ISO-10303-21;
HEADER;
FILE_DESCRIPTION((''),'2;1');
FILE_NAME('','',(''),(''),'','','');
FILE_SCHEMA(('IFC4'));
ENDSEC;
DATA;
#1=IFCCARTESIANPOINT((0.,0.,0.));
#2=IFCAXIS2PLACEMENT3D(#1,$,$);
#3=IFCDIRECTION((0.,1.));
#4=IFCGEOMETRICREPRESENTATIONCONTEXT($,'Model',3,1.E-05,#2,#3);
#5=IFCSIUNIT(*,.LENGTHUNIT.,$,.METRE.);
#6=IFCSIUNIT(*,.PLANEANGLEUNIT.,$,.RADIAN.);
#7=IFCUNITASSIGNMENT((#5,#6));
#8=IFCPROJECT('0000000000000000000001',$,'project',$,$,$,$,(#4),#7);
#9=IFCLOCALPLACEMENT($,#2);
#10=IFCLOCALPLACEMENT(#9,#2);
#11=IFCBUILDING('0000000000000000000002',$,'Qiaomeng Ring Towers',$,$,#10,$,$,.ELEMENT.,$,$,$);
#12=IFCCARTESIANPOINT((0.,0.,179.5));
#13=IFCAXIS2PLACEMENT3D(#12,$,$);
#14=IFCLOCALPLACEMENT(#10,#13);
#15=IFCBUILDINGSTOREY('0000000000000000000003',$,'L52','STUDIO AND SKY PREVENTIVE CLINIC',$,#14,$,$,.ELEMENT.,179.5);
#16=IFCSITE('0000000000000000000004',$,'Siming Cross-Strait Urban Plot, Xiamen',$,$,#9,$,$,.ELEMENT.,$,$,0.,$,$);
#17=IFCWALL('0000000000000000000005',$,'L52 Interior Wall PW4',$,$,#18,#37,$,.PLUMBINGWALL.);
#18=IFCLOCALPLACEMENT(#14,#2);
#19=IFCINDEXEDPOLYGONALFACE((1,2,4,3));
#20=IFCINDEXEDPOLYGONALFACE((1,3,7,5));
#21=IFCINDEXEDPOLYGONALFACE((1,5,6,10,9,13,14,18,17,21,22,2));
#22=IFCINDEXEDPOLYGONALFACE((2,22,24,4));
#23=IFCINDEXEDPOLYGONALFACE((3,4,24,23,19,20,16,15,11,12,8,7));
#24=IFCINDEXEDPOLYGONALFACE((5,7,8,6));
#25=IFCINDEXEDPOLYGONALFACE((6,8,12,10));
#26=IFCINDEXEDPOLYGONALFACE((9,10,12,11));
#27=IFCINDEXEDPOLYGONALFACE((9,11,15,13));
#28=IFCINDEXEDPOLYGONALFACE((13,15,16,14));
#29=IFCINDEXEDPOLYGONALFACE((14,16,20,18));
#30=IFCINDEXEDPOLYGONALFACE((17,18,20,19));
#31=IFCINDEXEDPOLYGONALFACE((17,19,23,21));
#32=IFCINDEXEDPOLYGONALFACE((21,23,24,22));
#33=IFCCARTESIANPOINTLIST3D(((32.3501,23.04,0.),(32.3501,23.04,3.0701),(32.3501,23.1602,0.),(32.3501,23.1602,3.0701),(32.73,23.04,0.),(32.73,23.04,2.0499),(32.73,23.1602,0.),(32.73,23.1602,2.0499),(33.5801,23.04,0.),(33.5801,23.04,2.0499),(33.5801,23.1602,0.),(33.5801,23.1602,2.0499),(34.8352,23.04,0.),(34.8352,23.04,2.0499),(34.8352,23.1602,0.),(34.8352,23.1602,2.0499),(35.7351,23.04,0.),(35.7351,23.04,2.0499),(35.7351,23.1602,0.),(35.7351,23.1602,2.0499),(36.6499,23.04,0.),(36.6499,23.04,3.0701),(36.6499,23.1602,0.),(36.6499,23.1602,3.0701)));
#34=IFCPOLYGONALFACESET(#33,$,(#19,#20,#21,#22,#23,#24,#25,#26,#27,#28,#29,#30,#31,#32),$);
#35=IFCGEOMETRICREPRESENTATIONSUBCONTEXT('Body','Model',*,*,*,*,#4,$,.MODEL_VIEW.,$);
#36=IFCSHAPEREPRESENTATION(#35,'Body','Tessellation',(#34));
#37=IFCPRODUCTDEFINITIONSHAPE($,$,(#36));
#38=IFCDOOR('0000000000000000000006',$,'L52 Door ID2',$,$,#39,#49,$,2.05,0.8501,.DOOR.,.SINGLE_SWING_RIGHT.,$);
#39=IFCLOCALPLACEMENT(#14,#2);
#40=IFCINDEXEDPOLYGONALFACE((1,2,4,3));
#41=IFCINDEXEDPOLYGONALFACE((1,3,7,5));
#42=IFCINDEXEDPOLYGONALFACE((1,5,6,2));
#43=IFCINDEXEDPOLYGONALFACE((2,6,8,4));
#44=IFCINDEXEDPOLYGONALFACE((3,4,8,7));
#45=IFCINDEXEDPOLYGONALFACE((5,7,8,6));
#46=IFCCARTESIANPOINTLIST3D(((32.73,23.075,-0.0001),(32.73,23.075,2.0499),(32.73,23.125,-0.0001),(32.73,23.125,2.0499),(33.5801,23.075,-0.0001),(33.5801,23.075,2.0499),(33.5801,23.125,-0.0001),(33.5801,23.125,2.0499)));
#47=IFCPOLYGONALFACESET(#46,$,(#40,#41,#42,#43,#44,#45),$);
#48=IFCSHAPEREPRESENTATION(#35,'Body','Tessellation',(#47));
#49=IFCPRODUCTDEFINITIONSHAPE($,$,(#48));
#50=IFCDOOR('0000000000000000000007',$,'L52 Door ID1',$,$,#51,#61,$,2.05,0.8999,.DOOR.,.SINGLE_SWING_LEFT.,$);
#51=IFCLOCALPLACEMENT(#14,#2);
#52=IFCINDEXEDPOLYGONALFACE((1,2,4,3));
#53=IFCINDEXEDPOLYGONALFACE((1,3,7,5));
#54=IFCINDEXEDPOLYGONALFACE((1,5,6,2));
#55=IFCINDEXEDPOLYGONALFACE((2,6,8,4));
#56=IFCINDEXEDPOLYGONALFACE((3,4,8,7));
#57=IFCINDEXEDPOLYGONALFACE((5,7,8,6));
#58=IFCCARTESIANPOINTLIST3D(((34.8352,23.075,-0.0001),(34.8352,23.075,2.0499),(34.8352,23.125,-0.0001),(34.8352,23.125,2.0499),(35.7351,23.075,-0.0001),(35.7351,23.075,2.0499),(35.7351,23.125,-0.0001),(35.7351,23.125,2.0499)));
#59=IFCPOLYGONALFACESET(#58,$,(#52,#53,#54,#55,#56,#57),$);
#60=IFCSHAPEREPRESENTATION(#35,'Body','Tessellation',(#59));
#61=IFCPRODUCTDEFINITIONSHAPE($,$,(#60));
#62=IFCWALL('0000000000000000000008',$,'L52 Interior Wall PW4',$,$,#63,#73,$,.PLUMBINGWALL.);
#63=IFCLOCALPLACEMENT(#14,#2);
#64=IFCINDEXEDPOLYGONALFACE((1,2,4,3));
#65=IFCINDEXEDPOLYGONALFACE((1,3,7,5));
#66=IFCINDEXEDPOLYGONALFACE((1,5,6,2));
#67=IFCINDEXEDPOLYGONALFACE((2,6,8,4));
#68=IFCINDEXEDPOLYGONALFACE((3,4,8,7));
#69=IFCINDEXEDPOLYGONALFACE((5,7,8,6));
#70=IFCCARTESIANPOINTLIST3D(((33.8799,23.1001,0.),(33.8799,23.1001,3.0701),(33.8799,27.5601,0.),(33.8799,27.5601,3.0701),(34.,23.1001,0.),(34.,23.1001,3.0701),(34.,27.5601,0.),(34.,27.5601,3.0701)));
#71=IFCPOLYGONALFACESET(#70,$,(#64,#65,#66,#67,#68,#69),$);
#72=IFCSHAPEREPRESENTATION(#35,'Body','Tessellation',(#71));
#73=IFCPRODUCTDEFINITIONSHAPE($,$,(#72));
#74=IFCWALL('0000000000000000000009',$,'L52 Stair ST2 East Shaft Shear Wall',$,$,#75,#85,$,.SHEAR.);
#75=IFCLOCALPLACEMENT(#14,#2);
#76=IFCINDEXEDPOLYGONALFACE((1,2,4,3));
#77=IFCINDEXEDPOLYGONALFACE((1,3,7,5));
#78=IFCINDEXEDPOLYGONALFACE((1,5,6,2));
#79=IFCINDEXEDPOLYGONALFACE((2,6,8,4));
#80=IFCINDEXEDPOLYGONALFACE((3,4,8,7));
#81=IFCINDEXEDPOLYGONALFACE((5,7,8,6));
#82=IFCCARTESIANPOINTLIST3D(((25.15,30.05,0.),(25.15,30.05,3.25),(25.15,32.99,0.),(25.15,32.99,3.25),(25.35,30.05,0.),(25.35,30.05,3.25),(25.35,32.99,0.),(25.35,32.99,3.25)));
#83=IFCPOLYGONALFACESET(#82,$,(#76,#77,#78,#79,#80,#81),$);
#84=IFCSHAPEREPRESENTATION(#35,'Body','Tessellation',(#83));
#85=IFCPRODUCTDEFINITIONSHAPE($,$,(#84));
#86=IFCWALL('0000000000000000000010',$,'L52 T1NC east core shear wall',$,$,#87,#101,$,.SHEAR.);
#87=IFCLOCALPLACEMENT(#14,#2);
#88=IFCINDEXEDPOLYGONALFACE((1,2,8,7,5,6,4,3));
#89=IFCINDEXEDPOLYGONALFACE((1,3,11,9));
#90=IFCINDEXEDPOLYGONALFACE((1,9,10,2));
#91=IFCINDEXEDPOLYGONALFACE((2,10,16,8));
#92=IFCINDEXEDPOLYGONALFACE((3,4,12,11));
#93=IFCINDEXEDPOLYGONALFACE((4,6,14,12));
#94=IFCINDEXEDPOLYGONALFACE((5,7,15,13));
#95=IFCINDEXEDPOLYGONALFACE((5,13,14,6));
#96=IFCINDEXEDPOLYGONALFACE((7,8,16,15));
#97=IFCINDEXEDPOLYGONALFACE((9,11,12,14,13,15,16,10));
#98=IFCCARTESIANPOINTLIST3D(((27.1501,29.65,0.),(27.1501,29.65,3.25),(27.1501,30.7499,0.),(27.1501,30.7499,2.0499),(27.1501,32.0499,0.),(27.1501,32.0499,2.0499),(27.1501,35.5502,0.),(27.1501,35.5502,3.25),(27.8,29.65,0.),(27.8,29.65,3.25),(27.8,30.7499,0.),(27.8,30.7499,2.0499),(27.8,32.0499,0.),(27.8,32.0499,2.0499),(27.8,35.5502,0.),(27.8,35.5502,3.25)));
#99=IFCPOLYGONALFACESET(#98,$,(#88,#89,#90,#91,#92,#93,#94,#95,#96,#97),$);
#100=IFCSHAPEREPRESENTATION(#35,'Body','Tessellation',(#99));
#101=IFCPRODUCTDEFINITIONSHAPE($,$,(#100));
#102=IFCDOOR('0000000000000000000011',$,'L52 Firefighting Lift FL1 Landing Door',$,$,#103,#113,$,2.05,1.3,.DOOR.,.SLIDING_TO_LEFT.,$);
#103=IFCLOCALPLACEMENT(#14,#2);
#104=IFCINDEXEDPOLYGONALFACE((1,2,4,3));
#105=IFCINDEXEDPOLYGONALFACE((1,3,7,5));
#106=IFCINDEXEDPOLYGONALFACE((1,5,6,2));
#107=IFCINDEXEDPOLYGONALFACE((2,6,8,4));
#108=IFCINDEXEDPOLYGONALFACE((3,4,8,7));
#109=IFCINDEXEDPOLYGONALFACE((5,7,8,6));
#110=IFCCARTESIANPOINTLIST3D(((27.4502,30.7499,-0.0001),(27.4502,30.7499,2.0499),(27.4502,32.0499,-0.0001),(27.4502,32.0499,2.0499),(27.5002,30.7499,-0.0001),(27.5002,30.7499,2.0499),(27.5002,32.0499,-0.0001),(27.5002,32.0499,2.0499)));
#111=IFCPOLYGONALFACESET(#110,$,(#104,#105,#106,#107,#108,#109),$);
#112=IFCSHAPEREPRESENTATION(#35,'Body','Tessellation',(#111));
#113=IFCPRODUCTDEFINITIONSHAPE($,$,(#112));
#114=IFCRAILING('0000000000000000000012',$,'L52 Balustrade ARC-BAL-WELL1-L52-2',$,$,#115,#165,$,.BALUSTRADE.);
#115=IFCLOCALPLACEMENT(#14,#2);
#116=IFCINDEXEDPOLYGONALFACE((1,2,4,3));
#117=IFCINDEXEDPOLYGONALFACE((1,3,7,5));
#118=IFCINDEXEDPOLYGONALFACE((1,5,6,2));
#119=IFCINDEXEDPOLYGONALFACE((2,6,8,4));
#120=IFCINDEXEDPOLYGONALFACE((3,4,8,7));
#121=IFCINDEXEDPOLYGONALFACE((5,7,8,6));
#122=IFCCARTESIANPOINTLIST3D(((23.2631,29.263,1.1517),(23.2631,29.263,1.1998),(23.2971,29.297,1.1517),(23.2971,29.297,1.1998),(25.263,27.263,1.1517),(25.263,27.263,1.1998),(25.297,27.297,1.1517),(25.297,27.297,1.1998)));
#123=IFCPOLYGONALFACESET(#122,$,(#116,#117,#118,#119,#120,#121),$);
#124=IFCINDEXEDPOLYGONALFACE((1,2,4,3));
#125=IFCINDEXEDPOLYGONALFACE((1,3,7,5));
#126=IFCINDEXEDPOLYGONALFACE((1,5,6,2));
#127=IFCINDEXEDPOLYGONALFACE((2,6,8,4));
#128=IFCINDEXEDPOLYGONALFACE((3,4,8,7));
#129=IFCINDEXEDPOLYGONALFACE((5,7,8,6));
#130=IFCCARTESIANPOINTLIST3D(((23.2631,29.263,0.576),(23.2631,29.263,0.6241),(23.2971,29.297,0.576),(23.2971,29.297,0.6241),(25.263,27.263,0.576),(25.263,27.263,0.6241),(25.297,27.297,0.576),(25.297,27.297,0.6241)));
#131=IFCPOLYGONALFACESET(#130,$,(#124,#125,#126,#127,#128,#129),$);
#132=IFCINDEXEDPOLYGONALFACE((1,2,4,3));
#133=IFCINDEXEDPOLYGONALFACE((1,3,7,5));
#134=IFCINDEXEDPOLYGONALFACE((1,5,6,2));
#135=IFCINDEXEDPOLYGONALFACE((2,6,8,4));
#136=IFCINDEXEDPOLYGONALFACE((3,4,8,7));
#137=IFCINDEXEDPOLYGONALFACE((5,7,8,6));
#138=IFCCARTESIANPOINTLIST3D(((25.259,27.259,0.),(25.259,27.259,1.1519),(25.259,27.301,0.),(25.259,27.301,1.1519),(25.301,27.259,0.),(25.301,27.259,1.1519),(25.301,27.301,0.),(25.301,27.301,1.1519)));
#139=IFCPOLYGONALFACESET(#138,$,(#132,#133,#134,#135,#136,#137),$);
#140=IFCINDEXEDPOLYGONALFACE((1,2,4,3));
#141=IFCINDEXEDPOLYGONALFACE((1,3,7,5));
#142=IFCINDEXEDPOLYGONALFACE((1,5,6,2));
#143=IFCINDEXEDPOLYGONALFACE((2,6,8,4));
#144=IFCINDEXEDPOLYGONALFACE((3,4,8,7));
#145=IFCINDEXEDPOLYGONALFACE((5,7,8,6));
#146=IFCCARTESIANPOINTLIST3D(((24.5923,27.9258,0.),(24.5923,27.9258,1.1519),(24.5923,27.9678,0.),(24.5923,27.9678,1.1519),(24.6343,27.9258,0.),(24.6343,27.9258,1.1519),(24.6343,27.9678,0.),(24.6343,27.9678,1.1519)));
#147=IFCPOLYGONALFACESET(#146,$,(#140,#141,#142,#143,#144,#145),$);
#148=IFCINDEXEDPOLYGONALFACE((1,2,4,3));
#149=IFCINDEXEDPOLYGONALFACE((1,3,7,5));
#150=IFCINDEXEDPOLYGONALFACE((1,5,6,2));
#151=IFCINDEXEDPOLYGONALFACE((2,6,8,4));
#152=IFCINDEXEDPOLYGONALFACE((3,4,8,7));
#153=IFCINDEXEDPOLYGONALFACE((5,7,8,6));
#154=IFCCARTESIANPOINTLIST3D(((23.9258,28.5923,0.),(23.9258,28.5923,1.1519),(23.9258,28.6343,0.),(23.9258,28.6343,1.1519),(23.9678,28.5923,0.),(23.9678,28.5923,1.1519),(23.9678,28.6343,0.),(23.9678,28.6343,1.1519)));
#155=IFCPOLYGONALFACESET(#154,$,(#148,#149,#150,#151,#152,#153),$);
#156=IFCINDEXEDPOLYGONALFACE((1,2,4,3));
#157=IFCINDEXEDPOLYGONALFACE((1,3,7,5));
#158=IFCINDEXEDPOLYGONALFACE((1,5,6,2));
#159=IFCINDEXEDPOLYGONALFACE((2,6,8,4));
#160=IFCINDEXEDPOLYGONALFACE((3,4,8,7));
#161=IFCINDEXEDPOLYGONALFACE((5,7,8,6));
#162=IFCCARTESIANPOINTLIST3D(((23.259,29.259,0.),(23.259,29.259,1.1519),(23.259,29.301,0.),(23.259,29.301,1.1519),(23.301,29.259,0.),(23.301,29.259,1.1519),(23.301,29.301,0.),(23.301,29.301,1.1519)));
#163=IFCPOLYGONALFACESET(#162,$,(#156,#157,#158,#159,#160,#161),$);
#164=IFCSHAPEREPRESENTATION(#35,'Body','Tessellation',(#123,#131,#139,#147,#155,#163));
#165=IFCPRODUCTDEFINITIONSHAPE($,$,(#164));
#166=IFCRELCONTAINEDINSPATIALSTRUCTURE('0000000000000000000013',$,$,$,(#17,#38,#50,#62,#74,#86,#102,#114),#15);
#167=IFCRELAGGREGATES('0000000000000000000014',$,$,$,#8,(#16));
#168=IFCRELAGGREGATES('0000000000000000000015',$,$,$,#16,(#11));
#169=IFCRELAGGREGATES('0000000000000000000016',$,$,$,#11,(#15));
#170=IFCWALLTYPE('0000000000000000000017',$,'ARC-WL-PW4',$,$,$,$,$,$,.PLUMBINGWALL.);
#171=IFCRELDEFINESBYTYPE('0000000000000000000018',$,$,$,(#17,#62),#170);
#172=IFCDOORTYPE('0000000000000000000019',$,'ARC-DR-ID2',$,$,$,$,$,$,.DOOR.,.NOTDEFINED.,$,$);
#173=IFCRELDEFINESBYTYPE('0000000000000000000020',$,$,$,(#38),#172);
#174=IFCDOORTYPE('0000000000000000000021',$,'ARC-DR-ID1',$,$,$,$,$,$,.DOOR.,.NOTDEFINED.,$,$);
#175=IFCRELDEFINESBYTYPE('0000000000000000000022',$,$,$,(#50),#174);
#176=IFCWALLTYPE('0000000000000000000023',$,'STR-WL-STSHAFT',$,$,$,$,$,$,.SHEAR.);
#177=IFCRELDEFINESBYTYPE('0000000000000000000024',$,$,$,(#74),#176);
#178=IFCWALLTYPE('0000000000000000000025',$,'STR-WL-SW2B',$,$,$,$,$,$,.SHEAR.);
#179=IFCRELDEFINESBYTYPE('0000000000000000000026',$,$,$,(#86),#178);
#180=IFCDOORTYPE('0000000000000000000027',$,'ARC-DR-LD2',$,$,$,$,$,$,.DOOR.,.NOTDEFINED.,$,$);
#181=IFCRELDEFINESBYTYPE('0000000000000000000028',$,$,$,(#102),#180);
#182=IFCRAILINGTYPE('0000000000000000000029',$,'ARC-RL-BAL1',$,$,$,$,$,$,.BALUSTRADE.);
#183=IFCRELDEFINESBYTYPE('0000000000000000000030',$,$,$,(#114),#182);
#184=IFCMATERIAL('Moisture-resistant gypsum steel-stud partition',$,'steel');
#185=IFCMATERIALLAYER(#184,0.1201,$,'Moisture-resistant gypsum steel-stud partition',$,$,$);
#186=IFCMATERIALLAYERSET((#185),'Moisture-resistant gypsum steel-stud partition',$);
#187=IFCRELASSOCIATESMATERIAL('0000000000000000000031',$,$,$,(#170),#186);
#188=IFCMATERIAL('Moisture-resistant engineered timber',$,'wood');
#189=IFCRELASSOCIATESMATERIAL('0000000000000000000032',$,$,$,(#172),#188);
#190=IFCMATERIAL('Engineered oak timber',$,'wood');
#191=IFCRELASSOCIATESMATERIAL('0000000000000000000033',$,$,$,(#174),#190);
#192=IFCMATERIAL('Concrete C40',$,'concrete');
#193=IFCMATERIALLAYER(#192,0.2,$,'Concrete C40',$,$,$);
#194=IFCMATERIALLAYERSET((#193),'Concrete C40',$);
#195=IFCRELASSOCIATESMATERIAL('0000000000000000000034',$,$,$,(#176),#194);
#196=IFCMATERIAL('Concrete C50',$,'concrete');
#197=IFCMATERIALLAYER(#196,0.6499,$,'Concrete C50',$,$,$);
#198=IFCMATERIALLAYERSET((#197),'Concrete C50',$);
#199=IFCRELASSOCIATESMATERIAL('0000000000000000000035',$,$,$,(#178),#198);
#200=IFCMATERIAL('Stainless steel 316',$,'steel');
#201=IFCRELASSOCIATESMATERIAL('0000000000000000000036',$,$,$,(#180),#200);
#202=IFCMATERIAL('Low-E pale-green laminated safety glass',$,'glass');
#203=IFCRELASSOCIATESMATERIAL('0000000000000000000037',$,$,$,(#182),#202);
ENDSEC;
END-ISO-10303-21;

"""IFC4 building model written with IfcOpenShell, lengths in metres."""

from ifc_helpers import new_model, si_unit, direction, frame, frame_2d, origin, origin_2d, place, context, subcontext, project, spatial, rectangle, extrude, source, transform, mapped, material, layer, layer_set, type_object, element, fill, save


model = new_model("IFC4")

# Units and contexts
model_context = context("Model", 3, precision=1e-05, world=origin(), true_north=direction((0.0, 1.0)))
body_context = subcontext(model_context, "Body", "Model", "MODEL_VIEW")
ifc_project = project(units=[si_unit("LENGTHUNIT", "METRE"), si_unit("PLANEANGLEUNIT", "RADIAN")], contexts=[model_context])

# Site, building, storey
site_placement = place(None, origin())
site = spatial("IfcSite", under=ifc_project, at=site_placement, Name="Siming Cross-Strait Urban Plot, Xiamen", CompositionType="ELEMENT", RefElevation=0.0)
building_placement = place(site_placement, origin())
building = spatial("IfcBuilding", under=site, at=building_placement, Name="Qiaomeng Ring Towers", CompositionType="ELEMENT")
storey_placement = place(building_placement, frame((0.0, 0.0, 179.5)))
storey = spatial("IfcBuildingStorey", under=building, at=storey_placement, Name="L52", Description="STUDIO AND SKY PREVENTIVE CLINIC", CompositionType="ELEMENT", Elevation=179.5)

# Shared definitions
ifc_material_1 = material(Name="Concrete C50", Category="concrete")

# Shared definitions
ifc_material_2 = material(Name="Stainless steel 316", Category="steel")

# Wall, openings, doors
ifc_material_3 = material(Name="Moisture-resistant gypsum steel-stud partition", Category="steel")
ifc_layer_1 = layer(ifc_material_3, 0.1201, Name="Moisture-resistant gypsum steel-stud partition")
ifc_layer_set_1 = layer_set([ifc_layer_1], Name="Moisture-resistant gypsum steel-stud partition")
wall_type_1 = type_object("IfcWallType", Name="ARC-WL-PW4", PredefinedType="PLUMBINGWALL", material=ifc_layer_set_1)
wall_1_placement = place(storey_placement, frame((32.3501, 23.1001, 0.0), z_axis=(0.0, 0.0, 1.0), x_axis=(1.0, 0.0, 0.0)))
wall_1 = element("IfcWall", 1, at=wall_1_placement, inside=storey, type_object=wall_type_1, Name="L52 Interior Wall PW4", PredefinedType="PLUMBINGWALL", context=body_context, shape_type="SweptSolid", body=[
    extrude(rectangle(XDim=4.2998, YDim=0.1201, at=frame_2d((2.1499, 0.0))), origin(), (0.0, 0.0, 1.0), 3.0701),
])
opening_1_placement = place(wall_1_placement, frame((0.3799, 0.0, 0.0)))
opening_1 = element("IfcOpeningElement", 2, at=opening_1_placement, cuts=wall_1, PredefinedType="OPENING", context=body_context, shape_type="SweptSolid", body=[
    extrude(rectangle(XDim=0.8501, YDim=2.05, at=frame_2d((0.425, 1.0249))), frame((0.0, 0.0701, 0.0), z_axis=(0.0, -1.0, 0.0), x_axis=(1.0, 0.0, 0.0)), (0.0, 0.0, 1.0), 0.1401),
])
opening_2_placement = place(wall_1_placement, frame((2.4851, 0.0, 0.0)))
opening_2 = element("IfcOpeningElement", 3, at=opening_2_placement, cuts=wall_1, PredefinedType="OPENING", context=body_context, shape_type="SweptSolid", body=[
    extrude(rectangle(XDim=0.8999, YDim=2.05, at=frame_2d((0.45, 1.0249))), frame((0.0, 0.0701, 0.0), z_axis=(0.0, -1.0, 0.0), x_axis=(1.0, 0.0, 0.0)), (0.0, 0.0, 1.0), 0.1401),
])
ifc_material_4 = material(Name="Moisture-resistant engineered timber", Category="wood")
door_type_1 = type_object("IfcDoorType", Name="ARC-DR-ID2", OperationType="NOTDEFINED", PredefinedType="DOOR", material=ifc_material_4)
shared_shape_1 = source(origin(), body_context, "Body", "SweptSolid", [
    extrude(rectangle(XDim=0.8501, YDim=2.05, at=frame_2d((0.425, 1.0249))), frame((0.0, 0.0249, 0.0), z_axis=(0.0, -1.0, 0.0), x_axis=(1.0, 0.0, 0.0)), (0.0, 0.0, 1.0), 0.05),
])
door_1_placement = place(opening_1_placement, origin())
door_1 = element("IfcDoor", 4, at=door_1_placement, inside=storey, type_object=door_type_1, Name="L52 Door ID2", OperationType="SINGLE_SWING_RIGHT", OverallHeight=2.05, OverallWidth=0.8501, PredefinedType="DOOR", context=body_context, shape_type="MappedRepresentation", body=[
    mapped(shared_shape_1, transform((0.0, 0.0, 0.0), x_axis=(1.0, 0.0, 0.0), y_axis=(0.0, 1.0, 0.0), z_axis=(0.0, 0.0, 1.0), scale=1.0)),
])
fill(opening_1, door_1)
ifc_material_5 = material(Name="Engineered oak timber", Category="wood")
door_type_2 = type_object("IfcDoorType", Name="ARC-DR-ID1", OperationType="NOTDEFINED", PredefinedType="DOOR", material=ifc_material_5)
shared_shape_2 = source(origin(), body_context, "Body", "SweptSolid", [
    extrude(rectangle(XDim=0.8999, YDim=2.05, at=frame_2d((0.45, 1.0249))), frame((0.0, 0.0249, 0.0), z_axis=(0.0, -1.0, 0.0), x_axis=(1.0, 0.0, 0.0)), (0.0, 0.0, 1.0), 0.05),
])
door_2_placement = place(opening_2_placement, origin())
door_2 = element("IfcDoor", 5, at=door_2_placement, inside=storey, type_object=door_type_2, Name="L52 Door ID1", OperationType="SINGLE_SWING_LEFT", OverallHeight=2.05, OverallWidth=0.8999, PredefinedType="DOOR", context=body_context, shape_type="MappedRepresentation", body=[
    mapped(shared_shape_2, transform((0.0, 0.0, 0.0), x_axis=(1.0, 0.0, 0.0), y_axis=(0.0, 1.0, 0.0), z_axis=(0.0, 0.0, 1.0), scale=1.0)),
])
fill(opening_2, door_2)

# Walls
wall_2_placement = place(storey_placement, frame((33.9399, 23.1001, 0.0), z_axis=(0.0, 0.0, 1.0), x_axis=(0.0, 1.0, 0.0)))
element("IfcWall", 6, at=wall_2_placement, inside=storey, type_object=wall_type_1, Name="L52 Interior Wall PW4", PredefinedType="PLUMBINGWALL", context=body_context, shape_type="SweptSolid", body=[
    extrude(rectangle(XDim=4.46, YDim=0.1201, at=frame_2d((2.23, 0.0))), origin(), (0.0, 0.0, 1.0), 3.0701),
])
ifc_material_6 = material(Name="Concrete C40", Category="concrete")
ifc_layer_2 = layer(ifc_material_6, 0.2, Name="Concrete C40")
ifc_layer_set_2 = layer_set([ifc_layer_2], Name="Concrete C40")
wall_type_2 = type_object("IfcWallType", Name="STR-WL-STSHAFT", PredefinedType="SHEAR", material=ifc_layer_set_2)
wall_3_placement = place(storey_placement, frame((25.25, 30.05, 0.0), z_axis=(0.0, 0.0, 1.0), x_axis=(0.0, 1.0, 0.0)))
element("IfcWall", 7, at=wall_3_placement, inside=storey, type_object=wall_type_2, Name="L52 Stair ST2 East Shaft Shear Wall", PredefinedType="SHEAR", context=body_context, shape_type="SweptSolid", body=[
    extrude(rectangle(XDim=2.9399, YDim=0.2, at=frame_2d((1.47, 0.0))), origin(), (0.0, 0.0, 1.0), 3.25),
])

# Wall, opening, door
ifc_layer_3 = layer(ifc_material_1, 0.6499, Name="Concrete C50")
ifc_layer_set_3 = layer_set([ifc_layer_3], Name="Concrete C50")
wall_type_3 = type_object("IfcWallType", Name="STR-WL-SW2B", PredefinedType="SHEAR", material=ifc_layer_set_3)
wall_4_placement = place(storey_placement, frame((27.4751, 29.6499, 0.0), z_axis=(0.0, 0.0, 1.0), x_axis=(0.0, 1.0, 0.0)))
wall_4 = element("IfcWall", 8, at=wall_4_placement, inside=storey, type_object=wall_type_3, Name="L52 T1NC east core shear wall", PredefinedType="SHEAR", context=body_context, shape_type="SweptSolid", body=[
    extrude(rectangle(XDim=5.9001, YDim=0.6499, at=frame_2d((2.9502, 0.0))), origin(), (0.0, 0.0, 1.0), 3.25),
])
opening_3_placement = place(wall_4_placement, frame((1.1001, 0.0, 0.0)))
opening_3 = element("IfcOpeningElement", 9, at=opening_3_placement, cuts=wall_4, PredefinedType="OPENING", context=body_context, shape_type="SweptSolid", body=[
    extrude(rectangle(XDim=1.3, YDim=2.05, at=frame_2d((0.6499, 1.0249))), frame((0.0, 0.335, 0.0), z_axis=(0.0, -1.0, 0.0), x_axis=(1.0, 0.0, 0.0)), (0.0, 0.0, 1.0), 0.6699),
])
door_type_3 = type_object("IfcDoorType", Name="ARC-DR-LD2", OperationType="NOTDEFINED", PredefinedType="DOOR", material=ifc_material_2)
shared_shape_3 = source(origin(), body_context, "Body", "SweptSolid", [
    extrude(rectangle(XDim=1.3, YDim=2.05, at=frame_2d((0.6499, 1.0249))), frame((0.0, 0.0249, 0.0), z_axis=(0.0, -1.0, 0.0), x_axis=(1.0, 0.0, 0.0)), (0.0, 0.0, 1.0), 0.05),
])
door_3_placement = place(opening_3_placement, origin())
door_3 = element("IfcDoor", 10, at=door_3_placement, inside=storey, type_object=door_type_3, Name="L52 Firefighting Lift FL1 Landing Door", OperationType="SLIDING_TO_LEFT", OverallHeight=2.05, OverallWidth=1.3, PredefinedType="DOOR", context=body_context, shape_type="MappedRepresentation", body=[
    mapped(shared_shape_3, transform((0.0, 0.0, 0.0), x_axis=(1.0, 0.0, 0.0), y_axis=(0.0, 1.0, 0.0), z_axis=(0.0, 0.0, 1.0), scale=1.0)),
])
fill(opening_3, door_3)

# Railing
ifc_material_7 = material(Name="Low-E pale-green laminated safety glass", Category="glass")
railing_type = type_object("IfcRailingType", Name="ARC-RL-BAL1", PredefinedType="BALUSTRADE", material=ifc_material_7)
railing_placement = place(storey_placement, frame((25.28, 27.28, 0.0)))
element("IfcRailing", 11, at=railing_placement, inside=storey, type_object=railing_type, Name="L52 Balustrade ARC-BAL-WELL1-L52-2", PredefinedType="BALUSTRADE", context=body_context, shape_type="SweptSolid", body=[
    extrude(rectangle(XDim=0.0481, YDim=0.0481, at=origin_2d()), frame((0.0, 0.0, 1.1758), z_axis=(-0.707107, 0.707107, 0.0), x_axis=(-0.707107, -0.707107, 0.0)), (0.0, 0.0, 1.0), 2.8284),
    extrude(rectangle(XDim=0.0481, YDim=0.0481, at=origin_2d()), frame((0.0, 0.0, 0.6001), z_axis=(-0.707107, 0.707107, 0.0), x_axis=(-0.707107, -0.707107, 0.0)), (0.0, 0.0, 1.0), 2.8284),
    extrude(rectangle(XDim=0.042, YDim=0.042, at=origin_2d()), origin(), (0.0, 0.0, 1.0), 1.1519),
    extrude(rectangle(XDim=0.042, YDim=0.042, at=origin_2d()), frame((-0.6667, 0.6667, 0.0)), (0.0, 0.0, 1.0), 1.1519),
    extrude(rectangle(XDim=0.042, YDim=0.042, at=origin_2d()), frame((-1.3333, 1.3333, 0.0)), (0.0, 0.0, 1.0), 1.1519),
    extrude(rectangle(XDim=0.042, YDim=0.042, at=origin_2d()), frame((-2.0, 2.0, 0.0)), (0.0, 0.0, 1.0), 1.1519),
])

save(model, "model.ifc")
